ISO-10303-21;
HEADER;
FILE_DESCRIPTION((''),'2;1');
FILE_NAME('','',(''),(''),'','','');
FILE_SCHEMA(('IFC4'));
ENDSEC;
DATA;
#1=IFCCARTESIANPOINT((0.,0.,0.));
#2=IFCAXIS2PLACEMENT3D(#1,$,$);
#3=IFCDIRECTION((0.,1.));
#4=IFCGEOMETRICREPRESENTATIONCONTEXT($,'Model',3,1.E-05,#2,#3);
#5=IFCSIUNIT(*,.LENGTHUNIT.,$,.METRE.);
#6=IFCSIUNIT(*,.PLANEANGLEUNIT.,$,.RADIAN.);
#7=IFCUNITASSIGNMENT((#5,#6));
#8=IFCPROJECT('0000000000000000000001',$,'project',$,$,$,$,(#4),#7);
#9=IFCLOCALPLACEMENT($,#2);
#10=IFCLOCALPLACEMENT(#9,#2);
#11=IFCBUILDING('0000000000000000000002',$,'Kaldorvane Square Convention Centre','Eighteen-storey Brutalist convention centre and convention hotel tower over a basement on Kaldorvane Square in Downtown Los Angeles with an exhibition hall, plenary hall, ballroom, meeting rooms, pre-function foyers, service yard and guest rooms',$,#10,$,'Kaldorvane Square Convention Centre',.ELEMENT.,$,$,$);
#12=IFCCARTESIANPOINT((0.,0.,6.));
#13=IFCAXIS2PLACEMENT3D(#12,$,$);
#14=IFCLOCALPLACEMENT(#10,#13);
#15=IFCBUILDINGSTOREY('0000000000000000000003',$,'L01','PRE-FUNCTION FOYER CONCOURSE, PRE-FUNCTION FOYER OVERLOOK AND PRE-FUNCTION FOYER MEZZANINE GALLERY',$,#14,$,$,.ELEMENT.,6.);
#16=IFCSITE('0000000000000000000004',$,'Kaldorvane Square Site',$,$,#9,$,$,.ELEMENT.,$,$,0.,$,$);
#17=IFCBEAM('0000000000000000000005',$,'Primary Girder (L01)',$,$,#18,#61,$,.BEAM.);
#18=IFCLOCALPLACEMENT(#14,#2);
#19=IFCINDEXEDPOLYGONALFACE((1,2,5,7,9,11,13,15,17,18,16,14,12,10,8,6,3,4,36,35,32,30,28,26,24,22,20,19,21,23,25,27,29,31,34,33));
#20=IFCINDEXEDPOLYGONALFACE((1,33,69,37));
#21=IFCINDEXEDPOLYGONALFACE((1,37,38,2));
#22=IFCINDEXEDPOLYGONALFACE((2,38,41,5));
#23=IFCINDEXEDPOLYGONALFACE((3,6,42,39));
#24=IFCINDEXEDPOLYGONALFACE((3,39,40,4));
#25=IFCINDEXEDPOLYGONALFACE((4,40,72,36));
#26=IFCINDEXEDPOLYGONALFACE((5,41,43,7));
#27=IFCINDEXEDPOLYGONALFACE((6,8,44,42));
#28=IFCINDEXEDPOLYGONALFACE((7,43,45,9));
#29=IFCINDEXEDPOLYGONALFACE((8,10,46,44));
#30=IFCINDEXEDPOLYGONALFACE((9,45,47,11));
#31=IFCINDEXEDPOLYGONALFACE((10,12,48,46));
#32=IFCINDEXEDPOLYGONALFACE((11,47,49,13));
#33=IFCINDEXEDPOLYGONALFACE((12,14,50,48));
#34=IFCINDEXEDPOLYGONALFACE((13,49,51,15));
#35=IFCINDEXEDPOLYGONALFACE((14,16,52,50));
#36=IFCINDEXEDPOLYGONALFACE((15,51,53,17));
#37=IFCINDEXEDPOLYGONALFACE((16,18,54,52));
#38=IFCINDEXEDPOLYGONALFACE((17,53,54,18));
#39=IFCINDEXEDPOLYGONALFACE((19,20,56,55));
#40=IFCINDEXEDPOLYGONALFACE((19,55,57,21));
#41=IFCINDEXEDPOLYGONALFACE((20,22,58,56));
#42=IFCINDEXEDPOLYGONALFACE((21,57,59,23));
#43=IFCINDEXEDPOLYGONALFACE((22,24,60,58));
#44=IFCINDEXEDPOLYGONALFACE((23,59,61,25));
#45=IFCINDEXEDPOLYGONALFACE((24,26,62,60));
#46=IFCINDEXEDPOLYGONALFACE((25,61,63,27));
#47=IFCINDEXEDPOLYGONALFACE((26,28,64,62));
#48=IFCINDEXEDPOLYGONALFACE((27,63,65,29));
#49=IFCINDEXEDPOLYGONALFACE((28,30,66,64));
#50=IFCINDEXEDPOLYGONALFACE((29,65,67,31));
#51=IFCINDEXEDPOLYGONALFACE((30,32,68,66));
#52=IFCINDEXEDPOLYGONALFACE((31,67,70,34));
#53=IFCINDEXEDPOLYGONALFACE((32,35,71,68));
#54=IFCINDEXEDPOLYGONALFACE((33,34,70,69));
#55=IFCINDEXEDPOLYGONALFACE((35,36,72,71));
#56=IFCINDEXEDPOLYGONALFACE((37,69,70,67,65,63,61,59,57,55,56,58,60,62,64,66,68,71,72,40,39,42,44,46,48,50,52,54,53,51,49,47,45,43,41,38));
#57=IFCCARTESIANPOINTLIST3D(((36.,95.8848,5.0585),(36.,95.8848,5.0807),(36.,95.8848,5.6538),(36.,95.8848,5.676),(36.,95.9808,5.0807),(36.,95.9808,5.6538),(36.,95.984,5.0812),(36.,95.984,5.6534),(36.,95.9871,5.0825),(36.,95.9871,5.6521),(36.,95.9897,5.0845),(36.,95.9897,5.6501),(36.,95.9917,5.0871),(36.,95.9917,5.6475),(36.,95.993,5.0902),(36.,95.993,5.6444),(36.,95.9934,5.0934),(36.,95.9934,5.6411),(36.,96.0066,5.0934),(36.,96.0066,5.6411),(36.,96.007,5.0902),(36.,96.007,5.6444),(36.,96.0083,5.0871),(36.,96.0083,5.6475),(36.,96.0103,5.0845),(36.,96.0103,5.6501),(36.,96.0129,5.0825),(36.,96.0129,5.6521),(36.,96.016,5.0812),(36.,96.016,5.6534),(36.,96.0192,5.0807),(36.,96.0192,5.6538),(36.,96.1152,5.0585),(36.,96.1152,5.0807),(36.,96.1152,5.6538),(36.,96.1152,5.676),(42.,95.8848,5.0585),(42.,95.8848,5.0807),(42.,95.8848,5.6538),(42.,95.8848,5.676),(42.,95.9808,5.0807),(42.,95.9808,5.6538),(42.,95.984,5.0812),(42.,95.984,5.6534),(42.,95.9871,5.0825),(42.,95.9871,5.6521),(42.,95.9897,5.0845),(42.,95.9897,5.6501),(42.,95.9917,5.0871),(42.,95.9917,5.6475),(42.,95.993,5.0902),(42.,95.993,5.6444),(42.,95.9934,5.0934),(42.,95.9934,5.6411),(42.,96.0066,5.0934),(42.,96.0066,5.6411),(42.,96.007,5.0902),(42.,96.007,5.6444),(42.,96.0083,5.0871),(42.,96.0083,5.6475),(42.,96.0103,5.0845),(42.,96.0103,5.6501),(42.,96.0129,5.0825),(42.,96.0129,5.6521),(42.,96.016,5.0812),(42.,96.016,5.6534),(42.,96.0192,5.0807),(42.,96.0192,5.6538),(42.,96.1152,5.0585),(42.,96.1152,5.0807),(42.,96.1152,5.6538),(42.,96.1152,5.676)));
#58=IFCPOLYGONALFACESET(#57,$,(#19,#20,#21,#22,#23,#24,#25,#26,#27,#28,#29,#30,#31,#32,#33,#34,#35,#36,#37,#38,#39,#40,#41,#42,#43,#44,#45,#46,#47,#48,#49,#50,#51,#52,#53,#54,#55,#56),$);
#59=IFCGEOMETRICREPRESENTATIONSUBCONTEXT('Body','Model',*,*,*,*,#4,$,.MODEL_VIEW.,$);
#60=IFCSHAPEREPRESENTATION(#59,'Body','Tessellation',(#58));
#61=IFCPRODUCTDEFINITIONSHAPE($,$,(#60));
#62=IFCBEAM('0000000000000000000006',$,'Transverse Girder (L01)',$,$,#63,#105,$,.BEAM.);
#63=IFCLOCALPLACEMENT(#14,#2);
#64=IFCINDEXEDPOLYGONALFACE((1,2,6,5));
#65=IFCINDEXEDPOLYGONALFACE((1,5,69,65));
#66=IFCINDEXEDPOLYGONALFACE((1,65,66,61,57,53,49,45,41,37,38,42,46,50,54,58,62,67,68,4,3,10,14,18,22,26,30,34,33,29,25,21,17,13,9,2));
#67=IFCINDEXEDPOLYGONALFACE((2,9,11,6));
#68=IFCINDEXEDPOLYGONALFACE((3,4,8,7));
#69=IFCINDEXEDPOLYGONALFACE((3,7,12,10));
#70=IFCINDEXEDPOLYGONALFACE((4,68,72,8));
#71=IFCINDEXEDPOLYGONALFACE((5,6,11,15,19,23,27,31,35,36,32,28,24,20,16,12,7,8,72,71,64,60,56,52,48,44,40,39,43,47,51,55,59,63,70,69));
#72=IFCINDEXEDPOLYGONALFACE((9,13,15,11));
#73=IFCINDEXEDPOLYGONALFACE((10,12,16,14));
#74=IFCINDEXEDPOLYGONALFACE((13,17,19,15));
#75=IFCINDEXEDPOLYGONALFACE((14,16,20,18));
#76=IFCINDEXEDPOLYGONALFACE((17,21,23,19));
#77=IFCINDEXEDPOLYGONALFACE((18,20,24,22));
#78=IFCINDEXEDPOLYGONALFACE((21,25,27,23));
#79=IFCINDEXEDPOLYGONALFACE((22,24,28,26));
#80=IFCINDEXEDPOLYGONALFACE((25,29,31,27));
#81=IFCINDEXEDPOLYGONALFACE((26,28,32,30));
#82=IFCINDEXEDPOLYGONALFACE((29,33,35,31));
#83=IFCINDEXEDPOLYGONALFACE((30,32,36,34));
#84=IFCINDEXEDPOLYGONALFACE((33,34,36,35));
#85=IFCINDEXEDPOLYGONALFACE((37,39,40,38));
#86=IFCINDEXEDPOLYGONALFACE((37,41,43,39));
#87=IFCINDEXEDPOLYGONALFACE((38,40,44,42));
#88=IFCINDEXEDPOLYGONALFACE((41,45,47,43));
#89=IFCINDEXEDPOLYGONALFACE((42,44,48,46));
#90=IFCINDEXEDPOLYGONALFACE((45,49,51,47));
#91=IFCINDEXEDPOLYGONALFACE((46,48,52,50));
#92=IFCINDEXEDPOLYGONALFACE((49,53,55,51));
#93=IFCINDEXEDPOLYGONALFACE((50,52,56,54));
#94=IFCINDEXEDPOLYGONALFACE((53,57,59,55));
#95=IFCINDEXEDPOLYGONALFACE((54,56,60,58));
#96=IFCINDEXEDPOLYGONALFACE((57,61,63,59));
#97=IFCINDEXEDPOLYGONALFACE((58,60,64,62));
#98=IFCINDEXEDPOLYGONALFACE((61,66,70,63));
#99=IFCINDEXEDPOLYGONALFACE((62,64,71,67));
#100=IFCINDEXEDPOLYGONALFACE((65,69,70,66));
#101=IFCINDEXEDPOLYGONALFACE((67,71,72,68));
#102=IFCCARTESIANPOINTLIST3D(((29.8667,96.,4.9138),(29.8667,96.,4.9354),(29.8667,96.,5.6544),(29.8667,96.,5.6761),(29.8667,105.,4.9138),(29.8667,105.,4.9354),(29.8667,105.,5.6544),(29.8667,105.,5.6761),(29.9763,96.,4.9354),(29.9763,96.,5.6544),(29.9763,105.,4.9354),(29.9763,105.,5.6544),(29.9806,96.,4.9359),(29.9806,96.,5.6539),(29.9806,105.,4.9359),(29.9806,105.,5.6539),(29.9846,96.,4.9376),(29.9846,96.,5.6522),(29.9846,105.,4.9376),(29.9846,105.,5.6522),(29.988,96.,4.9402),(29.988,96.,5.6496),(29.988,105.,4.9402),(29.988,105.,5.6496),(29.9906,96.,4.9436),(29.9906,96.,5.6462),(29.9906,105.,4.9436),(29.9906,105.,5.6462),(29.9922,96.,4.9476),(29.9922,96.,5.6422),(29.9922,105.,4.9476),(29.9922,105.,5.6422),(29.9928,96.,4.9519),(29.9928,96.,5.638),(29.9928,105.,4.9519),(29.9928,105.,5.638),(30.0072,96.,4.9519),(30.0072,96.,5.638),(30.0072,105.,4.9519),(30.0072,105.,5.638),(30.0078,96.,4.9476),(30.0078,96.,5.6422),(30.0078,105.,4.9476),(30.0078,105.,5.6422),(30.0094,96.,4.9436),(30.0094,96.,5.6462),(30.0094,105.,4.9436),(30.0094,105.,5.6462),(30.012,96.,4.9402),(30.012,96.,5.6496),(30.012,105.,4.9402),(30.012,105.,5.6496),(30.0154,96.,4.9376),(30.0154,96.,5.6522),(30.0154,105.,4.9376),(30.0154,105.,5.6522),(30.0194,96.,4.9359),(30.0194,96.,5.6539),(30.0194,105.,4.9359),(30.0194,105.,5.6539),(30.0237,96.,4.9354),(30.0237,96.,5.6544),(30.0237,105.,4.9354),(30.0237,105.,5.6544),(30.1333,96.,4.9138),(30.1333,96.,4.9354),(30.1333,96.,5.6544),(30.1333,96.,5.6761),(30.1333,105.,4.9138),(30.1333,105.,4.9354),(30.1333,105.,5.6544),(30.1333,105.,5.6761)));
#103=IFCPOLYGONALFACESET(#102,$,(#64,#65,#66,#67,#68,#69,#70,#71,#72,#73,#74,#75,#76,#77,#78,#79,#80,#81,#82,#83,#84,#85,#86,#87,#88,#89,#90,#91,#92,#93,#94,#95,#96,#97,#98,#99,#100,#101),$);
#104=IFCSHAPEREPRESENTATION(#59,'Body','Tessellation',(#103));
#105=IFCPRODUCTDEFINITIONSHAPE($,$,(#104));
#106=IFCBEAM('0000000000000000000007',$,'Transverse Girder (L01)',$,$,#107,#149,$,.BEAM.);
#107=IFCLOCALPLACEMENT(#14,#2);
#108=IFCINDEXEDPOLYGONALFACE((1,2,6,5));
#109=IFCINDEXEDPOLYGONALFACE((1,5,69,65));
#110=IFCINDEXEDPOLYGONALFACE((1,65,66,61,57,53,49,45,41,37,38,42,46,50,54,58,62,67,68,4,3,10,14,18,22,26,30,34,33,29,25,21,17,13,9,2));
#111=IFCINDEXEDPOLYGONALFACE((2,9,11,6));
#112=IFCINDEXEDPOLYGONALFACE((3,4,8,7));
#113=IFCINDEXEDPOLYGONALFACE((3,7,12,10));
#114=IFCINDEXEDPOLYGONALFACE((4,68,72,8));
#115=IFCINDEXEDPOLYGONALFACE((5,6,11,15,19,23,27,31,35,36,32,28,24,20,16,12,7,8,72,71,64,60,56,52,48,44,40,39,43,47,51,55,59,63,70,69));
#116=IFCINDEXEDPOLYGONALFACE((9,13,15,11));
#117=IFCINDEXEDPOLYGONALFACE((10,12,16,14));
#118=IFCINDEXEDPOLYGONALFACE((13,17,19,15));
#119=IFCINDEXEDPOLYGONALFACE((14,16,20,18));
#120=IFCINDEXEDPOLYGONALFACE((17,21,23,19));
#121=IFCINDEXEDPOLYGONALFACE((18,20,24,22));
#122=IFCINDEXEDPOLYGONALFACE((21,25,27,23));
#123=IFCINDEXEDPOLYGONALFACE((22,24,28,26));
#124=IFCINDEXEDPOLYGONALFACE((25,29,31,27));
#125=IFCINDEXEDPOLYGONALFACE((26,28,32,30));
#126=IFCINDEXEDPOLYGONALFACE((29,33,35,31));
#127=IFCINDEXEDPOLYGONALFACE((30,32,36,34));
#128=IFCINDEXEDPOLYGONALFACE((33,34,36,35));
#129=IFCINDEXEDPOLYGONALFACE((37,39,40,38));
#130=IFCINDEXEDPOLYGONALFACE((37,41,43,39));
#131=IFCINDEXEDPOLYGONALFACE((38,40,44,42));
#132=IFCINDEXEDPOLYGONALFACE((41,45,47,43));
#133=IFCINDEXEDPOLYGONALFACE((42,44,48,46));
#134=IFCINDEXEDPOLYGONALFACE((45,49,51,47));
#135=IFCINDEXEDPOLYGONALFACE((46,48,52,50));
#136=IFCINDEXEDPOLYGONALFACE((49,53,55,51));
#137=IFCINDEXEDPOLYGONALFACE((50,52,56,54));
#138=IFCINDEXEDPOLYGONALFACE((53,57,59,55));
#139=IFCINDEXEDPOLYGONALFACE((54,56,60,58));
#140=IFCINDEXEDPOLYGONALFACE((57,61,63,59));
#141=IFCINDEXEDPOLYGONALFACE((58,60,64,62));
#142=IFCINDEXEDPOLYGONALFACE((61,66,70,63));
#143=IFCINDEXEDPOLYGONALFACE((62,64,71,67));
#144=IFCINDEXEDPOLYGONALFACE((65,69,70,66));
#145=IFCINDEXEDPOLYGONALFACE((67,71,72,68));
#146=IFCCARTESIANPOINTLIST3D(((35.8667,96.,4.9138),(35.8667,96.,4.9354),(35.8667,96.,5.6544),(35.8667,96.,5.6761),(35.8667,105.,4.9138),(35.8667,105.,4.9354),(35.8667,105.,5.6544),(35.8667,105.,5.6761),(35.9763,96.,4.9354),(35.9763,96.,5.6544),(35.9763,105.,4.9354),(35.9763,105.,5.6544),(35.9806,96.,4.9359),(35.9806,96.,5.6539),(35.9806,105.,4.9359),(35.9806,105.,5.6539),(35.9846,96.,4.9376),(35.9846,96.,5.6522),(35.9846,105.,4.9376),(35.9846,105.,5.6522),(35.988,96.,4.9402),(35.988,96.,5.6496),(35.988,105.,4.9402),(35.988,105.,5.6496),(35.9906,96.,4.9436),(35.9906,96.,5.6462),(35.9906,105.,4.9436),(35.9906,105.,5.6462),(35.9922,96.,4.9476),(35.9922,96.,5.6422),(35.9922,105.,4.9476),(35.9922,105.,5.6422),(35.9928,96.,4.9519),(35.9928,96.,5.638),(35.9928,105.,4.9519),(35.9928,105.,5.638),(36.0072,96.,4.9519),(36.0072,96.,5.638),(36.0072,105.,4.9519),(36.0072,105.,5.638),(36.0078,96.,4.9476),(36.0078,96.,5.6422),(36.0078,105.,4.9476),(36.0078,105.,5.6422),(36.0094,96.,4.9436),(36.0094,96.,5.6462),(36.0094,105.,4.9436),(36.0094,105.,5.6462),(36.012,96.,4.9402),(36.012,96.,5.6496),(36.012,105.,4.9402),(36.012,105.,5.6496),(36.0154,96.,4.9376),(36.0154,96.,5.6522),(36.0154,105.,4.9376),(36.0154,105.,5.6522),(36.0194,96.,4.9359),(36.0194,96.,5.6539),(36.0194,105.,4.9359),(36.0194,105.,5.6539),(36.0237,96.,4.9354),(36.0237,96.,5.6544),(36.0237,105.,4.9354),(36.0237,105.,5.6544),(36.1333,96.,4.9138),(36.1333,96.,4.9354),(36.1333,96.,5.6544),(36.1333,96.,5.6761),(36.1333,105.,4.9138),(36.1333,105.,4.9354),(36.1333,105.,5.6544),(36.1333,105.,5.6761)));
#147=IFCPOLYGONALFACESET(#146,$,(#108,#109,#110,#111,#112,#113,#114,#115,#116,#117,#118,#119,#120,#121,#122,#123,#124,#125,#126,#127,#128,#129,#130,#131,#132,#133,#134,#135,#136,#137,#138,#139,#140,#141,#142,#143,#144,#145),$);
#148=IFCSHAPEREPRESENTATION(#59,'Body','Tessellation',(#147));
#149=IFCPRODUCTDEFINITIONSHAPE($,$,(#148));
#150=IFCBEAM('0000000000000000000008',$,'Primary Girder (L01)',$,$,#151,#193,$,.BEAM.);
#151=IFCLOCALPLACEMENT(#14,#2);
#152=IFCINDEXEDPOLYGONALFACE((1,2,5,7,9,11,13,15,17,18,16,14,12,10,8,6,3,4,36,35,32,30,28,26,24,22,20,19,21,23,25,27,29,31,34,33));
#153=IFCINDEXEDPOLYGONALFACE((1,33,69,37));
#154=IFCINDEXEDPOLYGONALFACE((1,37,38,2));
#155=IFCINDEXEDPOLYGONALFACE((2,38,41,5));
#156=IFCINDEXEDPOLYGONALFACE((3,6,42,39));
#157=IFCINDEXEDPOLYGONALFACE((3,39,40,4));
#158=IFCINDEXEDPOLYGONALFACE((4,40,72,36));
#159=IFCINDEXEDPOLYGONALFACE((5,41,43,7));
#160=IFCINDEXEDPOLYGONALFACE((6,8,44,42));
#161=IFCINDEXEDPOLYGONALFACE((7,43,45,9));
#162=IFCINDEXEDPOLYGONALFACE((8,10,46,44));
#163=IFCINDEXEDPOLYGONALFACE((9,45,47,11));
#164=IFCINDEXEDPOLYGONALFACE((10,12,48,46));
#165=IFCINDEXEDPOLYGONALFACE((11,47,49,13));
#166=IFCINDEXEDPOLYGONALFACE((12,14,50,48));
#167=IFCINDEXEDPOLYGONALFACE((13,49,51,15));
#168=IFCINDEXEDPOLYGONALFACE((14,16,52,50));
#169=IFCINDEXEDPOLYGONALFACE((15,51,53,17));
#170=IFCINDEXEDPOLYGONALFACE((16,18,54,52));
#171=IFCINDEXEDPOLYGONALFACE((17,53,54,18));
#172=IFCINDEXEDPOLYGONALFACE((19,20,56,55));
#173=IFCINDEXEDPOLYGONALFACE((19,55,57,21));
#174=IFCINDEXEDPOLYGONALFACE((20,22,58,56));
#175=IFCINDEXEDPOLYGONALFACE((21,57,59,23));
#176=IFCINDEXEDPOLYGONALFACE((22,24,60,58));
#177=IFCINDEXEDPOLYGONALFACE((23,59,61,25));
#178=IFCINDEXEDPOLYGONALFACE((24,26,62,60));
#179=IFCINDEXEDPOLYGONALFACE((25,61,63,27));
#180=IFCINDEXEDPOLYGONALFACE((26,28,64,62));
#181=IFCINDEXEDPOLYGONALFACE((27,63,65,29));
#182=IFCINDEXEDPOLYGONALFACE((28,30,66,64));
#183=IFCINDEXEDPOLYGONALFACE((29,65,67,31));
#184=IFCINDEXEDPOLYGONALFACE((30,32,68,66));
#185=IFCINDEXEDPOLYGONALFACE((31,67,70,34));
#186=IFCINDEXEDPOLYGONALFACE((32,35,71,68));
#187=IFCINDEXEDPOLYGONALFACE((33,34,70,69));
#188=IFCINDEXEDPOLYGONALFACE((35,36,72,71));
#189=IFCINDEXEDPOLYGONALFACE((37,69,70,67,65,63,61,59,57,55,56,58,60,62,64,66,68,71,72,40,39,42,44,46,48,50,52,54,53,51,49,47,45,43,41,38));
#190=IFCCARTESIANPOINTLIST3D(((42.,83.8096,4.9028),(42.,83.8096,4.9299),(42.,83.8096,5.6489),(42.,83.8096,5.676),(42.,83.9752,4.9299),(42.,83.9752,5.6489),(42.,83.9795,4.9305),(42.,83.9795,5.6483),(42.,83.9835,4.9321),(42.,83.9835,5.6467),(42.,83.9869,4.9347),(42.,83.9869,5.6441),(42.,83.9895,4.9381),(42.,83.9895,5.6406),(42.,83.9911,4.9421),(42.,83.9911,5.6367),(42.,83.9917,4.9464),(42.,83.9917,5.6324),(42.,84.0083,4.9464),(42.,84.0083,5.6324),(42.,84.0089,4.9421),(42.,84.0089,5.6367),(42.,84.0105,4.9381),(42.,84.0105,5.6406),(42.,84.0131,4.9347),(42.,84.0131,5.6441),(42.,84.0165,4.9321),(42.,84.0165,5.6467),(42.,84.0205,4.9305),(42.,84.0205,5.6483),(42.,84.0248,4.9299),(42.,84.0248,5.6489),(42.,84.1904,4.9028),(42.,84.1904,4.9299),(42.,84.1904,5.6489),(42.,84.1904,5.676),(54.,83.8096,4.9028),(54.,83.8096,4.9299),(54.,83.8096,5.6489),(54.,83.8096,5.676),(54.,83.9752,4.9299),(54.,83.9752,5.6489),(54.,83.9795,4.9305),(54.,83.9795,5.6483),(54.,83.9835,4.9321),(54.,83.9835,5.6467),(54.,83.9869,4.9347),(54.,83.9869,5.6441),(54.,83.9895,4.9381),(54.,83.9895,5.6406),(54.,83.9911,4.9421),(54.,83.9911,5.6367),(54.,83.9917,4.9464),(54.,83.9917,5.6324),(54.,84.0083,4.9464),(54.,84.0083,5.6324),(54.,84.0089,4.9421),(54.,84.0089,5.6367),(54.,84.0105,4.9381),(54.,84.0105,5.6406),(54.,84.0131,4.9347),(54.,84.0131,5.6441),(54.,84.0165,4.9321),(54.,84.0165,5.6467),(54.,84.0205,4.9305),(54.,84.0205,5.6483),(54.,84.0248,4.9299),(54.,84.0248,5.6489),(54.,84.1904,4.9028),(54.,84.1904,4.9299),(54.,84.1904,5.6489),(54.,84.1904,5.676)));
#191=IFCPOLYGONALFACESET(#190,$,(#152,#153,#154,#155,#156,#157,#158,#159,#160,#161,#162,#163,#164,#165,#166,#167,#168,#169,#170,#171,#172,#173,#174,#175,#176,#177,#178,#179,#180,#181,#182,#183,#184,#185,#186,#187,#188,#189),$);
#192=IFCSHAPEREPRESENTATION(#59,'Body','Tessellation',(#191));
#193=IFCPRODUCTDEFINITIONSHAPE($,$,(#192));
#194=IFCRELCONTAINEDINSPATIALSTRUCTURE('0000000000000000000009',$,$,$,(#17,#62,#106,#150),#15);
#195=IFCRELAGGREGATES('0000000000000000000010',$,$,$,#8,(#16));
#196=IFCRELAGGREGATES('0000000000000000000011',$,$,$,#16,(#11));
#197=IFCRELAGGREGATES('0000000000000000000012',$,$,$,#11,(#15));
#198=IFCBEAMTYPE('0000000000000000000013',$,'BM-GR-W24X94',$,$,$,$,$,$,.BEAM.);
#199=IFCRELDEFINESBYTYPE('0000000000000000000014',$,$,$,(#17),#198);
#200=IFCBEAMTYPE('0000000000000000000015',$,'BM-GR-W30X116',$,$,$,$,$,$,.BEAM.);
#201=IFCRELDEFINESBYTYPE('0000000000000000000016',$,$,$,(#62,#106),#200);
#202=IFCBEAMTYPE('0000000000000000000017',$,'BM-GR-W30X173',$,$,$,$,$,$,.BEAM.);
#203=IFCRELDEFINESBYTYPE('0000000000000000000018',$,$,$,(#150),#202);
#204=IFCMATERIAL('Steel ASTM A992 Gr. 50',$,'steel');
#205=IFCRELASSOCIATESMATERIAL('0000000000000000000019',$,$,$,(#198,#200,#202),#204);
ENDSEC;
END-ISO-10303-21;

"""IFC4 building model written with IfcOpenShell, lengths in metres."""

from ifc_helpers import new_model, si_unit, direction, frame, origin, origin_2d, place, context, subcontext, project, spatial, i_section, extrude, material, material_profile, profile_set, type_object, element, save


model = new_model("IFC4")

# Units and contexts
model_context = context("Model", 3, precision=1e-05, world=origin(), true_north=direction((0.0, 1.0)))
body_context = subcontext(model_context, "Body", "Model", "MODEL_VIEW")
ifc_project = project(units=[si_unit("LENGTHUNIT", "METRE"), si_unit("PLANEANGLEUNIT", "RADIAN")], contexts=[model_context])

# Site, building, storey
site_placement = place(None, origin())
site = spatial("IfcSite", under=ifc_project, at=site_placement, Name="Kaldorvane Square Site", CompositionType="ELEMENT", RefElevation=0.0)
building_placement = place(site_placement, origin())
building = spatial("IfcBuilding", under=site, at=building_placement, Name="Kaldorvane Square Convention Centre", Description="Eighteen-storey Brutalist convention centre and convention hotel tower over a basement on Kaldorvane Square in Downtown Los Angeles with an exhibition hall, plenary hall, ballroom, meeting rooms, pre-function foyers, service yard and guest rooms", LongName="Kaldorvane Square Convention Centre", CompositionType="ELEMENT")
storey_placement = place(building_placement, frame((0.0, 0.0, 6.0)))
storey = spatial("IfcBuildingStorey", under=building, at=storey_placement, Name="L01", Description="PRE-FUNCTION FOYER CONCOURSE, PRE-FUNCTION FOYER OVERLOOK AND PRE-FUNCTION FOYER MEZZANINE GALLERY", CompositionType="ELEMENT", Elevation=6.0)

# Shared definitions
ifc_material_1 = material(Name="Steel ASTM A992 Gr. 50", Category="steel")

# Beams
ifc_material_profile_1 = material_profile(ifc_material_1, i_section(OverallWidth=0.2303, OverallDepth=0.6175, WebThickness=0.0131, FlangeThickness=0.0222, FilletRadius=0.0127, at=origin_2d()), Name="W24X94")
ifc_profile_set_1 = profile_set([ifc_material_profile_1], Name="Steel ASTM A992 Gr. 50")
beam_type_1 = type_object("IfcBeamType", Name="BM-GR-W24X94", PredefinedType="BEAM", material=ifc_profile_set_1)
for number, where, z_axis, x_axis, name in (
    (1, (36.0, 96.0, 5.3673), (1.0, 0.0, 0.0), (0.0, 1.0, 0.0), "Primary Girder (L01)"),
):
    element("IfcBeam", number, at=place(storey_placement, frame(where, z_axis=z_axis, x_axis=x_axis)), inside=storey, type_object=beam_type_1, Name=name, PredefinedType="BEAM", context=body_context, shape_type="SweptSolid", body=[
        extrude(i_section(OverallWidth=0.2303, OverallDepth=0.6175, WebThickness=0.0131, FlangeThickness=0.0222, FilletRadius=0.0127, at=origin_2d()), origin(), (0.0, 0.0, 1.0), 6.0),
    ])
ifc_material_profile_2 = material_profile(ifc_material_1, i_section(OverallWidth=0.2666, OverallDepth=0.7623, WebThickness=0.0144, FlangeThickness=0.0216, FilletRadius=0.0165, at=origin_2d()), Name="W30X116")
ifc_profile_set_2 = profile_set([ifc_material_profile_2], Name="Steel ASTM A992 Gr. 50")
beam_type_2 = type_object("IfcBeamType", Name="BM-GR-W30X116", PredefinedType="BEAM", material=ifc_profile_set_2)
for number, where, z_axis, x_axis, name in (
    (2, (30.0, 96.0, 5.2949), (0.0, 1.0, 0.0), (-1.0, 0.0, 0.0), "Transverse Girder (L01)"),
    (3, (36.0, 96.0, 5.2949), (0.0, 1.0, 0.0), (-1.0, 0.0, 0.0), "Transverse Girder (L01)"),
):
    element("IfcBeam", number, at=place(storey_placement, frame(where, z_axis=z_axis, x_axis=x_axis)), inside=storey, type_object=beam_type_2, Name=name, PredefinedType="BEAM", context=body_context, shape_type="SweptSolid", body=[
        extrude(i_section(OverallWidth=0.2666, OverallDepth=0.7623, WebThickness=0.0144, FlangeThickness=0.0216, FilletRadius=0.0165, at=origin_2d()), origin(), (0.0, 0.0, 1.0), 9.0),
    ])
ifc_material_profile_3 = material_profile(ifc_material_1, i_section(OverallWidth=0.3807, OverallDepth=0.7732, WebThickness=0.0166, FlangeThickness=0.0271, FilletRadius=0.0165, at=origin_2d()), Name="W30X173")
ifc_profile_set_3 = profile_set([ifc_material_profile_3], Name="Steel ASTM A992 Gr. 50")
beam_type_3 = type_object("IfcBeamType", Name="BM-GR-W30X173", PredefinedType="BEAM", material=ifc_profile_set_3)
beam_1_placement = place(storey_placement, frame((42.0, 84.0, 5.2894), z_axis=(1.0, 0.0, 0.0), x_axis=(0.0, 1.0, 0.0)))
element("IfcBeam", 4, at=beam_1_placement, inside=storey, type_object=beam_type_3, Name="Primary Girder (L01)", PredefinedType="BEAM", context=body_context, shape_type="SweptSolid", body=[
    extrude(i_section(OverallWidth=0.3807, OverallDepth=0.7732, WebThickness=0.0166, FlangeThickness=0.0271, FilletRadius=0.0165, at=origin_2d()), origin(), (0.0, 0.0, 1.0), 12.0),
])

save(model, "model.ifc")
